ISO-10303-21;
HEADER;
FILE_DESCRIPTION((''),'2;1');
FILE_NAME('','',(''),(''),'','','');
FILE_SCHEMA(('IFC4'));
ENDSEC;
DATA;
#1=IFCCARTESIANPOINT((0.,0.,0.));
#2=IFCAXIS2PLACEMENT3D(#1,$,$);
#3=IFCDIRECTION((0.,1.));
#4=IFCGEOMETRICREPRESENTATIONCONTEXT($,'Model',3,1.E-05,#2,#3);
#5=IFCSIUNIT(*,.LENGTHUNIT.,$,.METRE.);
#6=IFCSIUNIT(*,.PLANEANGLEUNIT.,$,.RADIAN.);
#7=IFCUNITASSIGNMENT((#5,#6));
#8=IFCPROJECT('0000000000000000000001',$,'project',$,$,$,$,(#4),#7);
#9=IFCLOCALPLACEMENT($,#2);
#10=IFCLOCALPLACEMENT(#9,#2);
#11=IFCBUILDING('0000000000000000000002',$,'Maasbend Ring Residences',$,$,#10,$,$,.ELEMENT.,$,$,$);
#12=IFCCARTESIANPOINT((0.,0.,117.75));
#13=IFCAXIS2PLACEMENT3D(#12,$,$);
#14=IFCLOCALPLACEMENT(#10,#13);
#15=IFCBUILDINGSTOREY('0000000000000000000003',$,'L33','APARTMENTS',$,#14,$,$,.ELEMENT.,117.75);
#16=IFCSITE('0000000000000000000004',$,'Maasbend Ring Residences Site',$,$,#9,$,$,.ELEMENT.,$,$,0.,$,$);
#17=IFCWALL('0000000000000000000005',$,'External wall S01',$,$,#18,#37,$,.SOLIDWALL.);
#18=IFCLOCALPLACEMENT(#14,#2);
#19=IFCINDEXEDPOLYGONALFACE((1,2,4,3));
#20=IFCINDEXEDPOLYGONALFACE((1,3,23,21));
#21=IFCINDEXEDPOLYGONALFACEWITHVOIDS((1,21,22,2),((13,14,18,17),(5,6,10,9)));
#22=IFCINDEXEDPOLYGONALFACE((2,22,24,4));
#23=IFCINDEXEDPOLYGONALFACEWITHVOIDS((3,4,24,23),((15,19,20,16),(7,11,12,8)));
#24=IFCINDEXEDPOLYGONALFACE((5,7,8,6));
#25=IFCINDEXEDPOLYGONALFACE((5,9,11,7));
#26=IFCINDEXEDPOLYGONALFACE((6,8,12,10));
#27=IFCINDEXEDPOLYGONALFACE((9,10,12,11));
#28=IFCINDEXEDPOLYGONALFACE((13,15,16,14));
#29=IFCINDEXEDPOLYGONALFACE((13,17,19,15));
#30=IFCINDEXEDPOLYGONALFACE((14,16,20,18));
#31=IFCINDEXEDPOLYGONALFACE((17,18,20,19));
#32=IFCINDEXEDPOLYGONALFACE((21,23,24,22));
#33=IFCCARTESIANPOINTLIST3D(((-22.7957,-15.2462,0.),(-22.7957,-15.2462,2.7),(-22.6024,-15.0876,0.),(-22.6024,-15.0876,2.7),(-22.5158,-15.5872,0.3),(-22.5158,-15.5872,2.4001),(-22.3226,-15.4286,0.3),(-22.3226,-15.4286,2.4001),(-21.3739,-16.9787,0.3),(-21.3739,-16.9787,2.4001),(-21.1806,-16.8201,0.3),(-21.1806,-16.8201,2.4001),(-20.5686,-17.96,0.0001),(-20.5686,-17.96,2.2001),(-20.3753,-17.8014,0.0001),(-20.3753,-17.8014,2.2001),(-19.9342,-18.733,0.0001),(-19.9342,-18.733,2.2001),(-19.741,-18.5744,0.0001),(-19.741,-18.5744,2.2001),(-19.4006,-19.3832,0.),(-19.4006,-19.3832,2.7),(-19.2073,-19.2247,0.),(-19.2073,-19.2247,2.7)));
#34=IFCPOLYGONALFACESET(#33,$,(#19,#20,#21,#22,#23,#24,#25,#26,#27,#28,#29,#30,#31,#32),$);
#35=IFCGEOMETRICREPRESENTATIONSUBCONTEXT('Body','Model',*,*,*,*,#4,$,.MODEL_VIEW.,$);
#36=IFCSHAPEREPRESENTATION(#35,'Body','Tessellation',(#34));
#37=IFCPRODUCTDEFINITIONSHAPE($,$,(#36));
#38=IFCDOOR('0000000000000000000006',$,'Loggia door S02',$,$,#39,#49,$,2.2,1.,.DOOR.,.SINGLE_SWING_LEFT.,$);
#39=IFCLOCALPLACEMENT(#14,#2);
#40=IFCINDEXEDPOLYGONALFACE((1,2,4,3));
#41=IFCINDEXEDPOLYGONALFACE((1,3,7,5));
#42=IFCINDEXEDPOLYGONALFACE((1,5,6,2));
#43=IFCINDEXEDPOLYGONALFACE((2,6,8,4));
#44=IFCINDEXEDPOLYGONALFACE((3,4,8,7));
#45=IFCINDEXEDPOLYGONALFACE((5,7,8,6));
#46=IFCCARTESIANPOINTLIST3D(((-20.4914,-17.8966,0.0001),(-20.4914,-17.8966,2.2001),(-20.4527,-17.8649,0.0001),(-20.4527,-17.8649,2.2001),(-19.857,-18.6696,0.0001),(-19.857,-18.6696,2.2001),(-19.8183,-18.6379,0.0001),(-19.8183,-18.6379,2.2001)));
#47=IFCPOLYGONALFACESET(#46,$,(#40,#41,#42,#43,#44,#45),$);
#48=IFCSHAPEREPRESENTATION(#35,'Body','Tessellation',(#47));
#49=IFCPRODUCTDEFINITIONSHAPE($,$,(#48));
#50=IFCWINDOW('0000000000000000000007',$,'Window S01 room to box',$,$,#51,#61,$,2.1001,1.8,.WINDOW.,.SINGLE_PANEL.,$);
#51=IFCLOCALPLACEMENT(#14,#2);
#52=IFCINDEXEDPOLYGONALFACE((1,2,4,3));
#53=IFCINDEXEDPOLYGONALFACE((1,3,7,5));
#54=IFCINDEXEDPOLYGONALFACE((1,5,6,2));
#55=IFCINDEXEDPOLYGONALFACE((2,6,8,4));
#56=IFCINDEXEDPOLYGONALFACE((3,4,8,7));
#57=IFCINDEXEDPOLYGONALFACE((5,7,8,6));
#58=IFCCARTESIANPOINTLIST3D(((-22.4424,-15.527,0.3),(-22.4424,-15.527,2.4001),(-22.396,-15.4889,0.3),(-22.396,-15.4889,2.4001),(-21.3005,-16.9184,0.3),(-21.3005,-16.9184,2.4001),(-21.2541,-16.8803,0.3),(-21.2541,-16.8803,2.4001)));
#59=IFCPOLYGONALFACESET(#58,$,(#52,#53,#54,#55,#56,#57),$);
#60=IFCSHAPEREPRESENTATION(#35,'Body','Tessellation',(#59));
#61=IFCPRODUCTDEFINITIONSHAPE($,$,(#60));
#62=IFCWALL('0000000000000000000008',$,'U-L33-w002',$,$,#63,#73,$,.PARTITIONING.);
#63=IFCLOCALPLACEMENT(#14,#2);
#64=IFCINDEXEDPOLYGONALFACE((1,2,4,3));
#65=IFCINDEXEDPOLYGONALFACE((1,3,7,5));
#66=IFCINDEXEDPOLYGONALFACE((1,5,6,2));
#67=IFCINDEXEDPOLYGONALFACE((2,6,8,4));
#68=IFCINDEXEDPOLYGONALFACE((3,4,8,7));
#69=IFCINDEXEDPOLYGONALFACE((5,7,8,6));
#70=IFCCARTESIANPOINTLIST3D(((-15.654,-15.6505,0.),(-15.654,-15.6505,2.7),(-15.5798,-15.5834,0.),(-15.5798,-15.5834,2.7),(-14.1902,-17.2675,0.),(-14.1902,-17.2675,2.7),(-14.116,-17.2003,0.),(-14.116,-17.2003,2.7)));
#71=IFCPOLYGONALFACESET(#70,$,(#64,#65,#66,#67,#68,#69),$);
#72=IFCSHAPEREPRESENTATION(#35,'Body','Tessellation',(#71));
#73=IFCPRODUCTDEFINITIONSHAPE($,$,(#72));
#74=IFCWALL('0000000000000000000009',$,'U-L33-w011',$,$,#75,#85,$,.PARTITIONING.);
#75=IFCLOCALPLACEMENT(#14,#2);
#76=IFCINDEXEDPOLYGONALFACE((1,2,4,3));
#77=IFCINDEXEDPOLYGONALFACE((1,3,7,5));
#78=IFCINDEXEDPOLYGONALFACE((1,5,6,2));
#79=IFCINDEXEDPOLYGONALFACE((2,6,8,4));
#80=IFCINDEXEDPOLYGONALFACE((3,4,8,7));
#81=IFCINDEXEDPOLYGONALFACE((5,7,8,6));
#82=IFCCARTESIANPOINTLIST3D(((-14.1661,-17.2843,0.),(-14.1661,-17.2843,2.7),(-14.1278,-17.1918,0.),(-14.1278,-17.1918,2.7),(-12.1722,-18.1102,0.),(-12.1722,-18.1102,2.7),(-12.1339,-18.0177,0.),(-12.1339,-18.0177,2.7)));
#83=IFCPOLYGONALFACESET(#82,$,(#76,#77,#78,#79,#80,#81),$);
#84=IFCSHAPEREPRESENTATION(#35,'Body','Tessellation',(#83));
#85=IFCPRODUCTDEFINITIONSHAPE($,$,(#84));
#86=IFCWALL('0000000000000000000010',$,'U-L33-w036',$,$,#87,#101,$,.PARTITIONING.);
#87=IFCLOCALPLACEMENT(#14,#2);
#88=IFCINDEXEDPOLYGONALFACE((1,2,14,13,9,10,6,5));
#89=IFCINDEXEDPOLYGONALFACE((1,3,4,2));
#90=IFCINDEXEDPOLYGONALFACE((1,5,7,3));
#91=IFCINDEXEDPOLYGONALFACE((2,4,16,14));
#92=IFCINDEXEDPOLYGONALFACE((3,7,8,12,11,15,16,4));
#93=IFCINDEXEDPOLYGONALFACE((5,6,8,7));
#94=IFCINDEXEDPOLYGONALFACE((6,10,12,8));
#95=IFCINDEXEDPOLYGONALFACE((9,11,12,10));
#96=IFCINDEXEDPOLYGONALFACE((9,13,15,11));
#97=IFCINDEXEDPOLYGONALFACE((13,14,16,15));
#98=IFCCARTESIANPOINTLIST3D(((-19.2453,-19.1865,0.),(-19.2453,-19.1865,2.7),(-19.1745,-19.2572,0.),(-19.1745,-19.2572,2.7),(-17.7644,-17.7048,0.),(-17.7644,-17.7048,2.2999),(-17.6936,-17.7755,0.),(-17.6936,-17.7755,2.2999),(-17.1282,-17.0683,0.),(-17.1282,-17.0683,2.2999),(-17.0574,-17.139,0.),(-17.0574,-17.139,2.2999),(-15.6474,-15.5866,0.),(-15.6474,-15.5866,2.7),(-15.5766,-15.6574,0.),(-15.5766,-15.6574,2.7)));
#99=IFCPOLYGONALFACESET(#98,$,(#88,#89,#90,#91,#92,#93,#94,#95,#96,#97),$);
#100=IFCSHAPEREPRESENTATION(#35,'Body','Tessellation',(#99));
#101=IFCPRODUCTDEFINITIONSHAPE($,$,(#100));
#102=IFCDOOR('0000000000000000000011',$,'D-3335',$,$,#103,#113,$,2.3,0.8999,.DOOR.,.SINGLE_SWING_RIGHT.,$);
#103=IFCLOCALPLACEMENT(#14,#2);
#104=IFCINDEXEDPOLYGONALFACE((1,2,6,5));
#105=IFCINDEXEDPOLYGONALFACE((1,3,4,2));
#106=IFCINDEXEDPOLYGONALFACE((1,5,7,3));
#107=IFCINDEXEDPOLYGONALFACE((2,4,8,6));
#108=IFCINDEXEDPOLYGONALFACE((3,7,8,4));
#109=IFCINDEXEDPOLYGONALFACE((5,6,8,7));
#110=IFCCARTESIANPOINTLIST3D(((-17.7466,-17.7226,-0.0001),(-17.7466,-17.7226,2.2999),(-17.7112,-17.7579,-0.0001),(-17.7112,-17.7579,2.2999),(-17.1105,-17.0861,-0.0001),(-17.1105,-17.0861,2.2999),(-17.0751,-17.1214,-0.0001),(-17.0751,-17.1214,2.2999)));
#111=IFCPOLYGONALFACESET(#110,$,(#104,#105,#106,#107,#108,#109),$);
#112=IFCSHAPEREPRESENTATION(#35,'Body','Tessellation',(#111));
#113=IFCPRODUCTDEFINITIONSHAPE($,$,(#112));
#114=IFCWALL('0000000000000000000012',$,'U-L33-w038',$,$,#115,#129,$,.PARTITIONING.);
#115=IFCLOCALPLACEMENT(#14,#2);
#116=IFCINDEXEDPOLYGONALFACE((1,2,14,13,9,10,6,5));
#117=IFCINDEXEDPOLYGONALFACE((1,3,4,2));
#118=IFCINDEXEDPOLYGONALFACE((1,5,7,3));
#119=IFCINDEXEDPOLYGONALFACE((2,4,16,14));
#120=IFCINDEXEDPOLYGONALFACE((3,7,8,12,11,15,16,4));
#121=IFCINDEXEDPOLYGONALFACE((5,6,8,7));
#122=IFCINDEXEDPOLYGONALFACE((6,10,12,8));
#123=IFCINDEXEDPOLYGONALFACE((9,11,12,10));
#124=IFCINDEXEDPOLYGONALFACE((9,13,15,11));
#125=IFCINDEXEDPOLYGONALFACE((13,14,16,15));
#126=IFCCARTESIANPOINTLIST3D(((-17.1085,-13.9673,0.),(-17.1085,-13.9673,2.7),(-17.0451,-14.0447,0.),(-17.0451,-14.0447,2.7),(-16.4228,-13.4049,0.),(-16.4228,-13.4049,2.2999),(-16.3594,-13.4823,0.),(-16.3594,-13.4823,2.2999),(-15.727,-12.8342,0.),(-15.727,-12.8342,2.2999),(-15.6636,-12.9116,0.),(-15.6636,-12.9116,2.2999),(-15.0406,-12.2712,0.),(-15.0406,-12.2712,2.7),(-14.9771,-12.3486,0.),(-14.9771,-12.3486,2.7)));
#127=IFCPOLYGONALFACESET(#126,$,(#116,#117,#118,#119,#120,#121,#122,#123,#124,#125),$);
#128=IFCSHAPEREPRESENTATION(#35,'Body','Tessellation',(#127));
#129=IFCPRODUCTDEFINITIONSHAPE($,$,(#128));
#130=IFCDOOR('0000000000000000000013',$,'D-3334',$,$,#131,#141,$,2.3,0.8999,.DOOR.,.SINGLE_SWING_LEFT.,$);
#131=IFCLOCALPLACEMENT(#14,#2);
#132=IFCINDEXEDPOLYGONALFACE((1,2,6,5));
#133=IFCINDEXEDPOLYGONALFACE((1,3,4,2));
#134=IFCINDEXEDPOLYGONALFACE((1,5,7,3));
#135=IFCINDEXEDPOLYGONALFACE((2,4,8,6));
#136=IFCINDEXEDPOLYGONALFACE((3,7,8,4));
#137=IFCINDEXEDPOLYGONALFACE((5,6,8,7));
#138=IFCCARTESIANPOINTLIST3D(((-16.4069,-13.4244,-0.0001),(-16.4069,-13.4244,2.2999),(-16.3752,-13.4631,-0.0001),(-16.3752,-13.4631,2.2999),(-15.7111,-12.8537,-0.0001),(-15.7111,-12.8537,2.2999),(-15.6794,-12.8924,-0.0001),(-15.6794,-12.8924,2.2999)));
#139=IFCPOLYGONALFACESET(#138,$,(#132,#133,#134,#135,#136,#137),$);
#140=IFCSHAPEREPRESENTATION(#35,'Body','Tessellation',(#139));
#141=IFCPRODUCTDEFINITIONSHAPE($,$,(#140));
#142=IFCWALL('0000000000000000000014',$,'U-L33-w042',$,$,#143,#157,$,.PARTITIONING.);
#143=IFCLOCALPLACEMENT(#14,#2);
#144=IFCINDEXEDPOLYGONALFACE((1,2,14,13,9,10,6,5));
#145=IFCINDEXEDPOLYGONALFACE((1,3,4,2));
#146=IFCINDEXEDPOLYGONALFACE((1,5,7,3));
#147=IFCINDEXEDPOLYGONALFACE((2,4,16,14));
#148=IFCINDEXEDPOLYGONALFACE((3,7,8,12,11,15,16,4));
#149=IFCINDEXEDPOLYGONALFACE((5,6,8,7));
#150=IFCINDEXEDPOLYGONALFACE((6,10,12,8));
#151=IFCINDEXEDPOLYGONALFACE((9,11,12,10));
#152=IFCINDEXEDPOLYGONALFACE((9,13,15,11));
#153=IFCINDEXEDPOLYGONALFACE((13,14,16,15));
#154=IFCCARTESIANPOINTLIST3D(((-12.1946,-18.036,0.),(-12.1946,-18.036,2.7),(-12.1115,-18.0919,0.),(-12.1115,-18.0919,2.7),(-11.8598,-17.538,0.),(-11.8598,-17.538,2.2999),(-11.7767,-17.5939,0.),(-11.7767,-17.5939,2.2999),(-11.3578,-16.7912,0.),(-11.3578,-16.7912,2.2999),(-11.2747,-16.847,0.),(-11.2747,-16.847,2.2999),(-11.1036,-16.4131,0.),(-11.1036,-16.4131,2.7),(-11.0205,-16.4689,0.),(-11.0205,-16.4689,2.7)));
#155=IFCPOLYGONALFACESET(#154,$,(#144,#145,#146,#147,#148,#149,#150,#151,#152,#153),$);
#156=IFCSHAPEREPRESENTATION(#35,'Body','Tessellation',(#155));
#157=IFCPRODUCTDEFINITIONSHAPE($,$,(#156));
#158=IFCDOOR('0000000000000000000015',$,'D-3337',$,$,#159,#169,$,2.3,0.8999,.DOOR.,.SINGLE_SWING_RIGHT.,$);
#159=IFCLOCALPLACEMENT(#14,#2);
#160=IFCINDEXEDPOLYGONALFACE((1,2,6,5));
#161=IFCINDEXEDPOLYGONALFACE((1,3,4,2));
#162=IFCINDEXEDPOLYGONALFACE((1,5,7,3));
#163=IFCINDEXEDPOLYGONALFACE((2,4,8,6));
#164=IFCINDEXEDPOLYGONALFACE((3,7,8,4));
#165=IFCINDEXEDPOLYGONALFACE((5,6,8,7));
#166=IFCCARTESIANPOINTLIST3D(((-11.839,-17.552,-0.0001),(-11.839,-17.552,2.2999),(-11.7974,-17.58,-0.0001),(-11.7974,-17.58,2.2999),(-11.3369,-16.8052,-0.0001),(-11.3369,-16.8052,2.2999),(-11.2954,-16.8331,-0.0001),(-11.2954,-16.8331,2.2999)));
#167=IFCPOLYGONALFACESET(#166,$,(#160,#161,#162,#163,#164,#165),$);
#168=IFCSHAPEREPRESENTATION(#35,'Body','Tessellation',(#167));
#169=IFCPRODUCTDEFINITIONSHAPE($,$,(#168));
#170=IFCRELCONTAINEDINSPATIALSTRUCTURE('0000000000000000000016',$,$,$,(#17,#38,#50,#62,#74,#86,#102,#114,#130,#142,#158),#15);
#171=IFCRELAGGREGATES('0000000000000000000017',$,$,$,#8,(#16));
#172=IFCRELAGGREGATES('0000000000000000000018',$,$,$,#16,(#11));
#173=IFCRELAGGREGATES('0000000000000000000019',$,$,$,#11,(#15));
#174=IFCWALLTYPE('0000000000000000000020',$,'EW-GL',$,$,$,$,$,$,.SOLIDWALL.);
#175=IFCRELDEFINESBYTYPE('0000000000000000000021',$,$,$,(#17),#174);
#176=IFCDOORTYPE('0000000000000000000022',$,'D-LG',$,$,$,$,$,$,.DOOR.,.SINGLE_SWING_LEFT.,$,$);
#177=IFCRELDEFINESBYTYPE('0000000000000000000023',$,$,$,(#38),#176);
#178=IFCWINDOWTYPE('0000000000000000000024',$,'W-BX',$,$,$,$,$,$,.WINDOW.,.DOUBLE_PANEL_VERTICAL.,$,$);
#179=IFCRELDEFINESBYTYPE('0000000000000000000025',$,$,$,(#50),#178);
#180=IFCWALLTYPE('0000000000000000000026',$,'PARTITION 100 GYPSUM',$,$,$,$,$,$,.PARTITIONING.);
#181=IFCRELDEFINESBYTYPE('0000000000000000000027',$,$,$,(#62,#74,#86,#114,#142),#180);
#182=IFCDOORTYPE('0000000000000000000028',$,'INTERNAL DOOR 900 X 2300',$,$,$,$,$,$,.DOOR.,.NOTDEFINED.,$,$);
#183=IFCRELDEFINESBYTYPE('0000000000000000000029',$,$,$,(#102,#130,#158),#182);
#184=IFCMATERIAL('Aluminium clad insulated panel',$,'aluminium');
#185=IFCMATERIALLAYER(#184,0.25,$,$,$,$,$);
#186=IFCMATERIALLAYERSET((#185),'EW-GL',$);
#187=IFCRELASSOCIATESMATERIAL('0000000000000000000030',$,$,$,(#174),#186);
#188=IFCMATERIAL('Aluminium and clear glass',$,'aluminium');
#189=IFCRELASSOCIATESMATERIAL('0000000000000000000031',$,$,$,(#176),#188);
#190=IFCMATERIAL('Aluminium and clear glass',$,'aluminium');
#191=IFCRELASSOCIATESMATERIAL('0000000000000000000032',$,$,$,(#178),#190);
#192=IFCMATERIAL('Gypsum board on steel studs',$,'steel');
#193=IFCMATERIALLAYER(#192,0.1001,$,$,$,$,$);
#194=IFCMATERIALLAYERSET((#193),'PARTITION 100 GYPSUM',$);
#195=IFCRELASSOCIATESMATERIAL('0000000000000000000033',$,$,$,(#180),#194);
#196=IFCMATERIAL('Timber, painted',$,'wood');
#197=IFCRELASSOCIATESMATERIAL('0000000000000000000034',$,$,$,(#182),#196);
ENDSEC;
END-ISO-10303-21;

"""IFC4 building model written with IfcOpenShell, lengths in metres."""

from ifc_helpers import new_model, si_unit, direction, frame, frame_2d, origin, place, context, subcontext, project, spatial, rectangle, extrude, material, layer, layer_set, type_object, element, fill, save


model = new_model("IFC4")

# Units and contexts
model_context = context("Model", 3, precision=1e-05, world=origin(), true_north=direction((0.0, 1.0)))
body_context = subcontext(model_context, "Body", "Model", "MODEL_VIEW")
ifc_project = project(units=[si_unit("LENGTHUNIT", "METRE"), si_unit("PLANEANGLEUNIT", "RADIAN")], contexts=[model_context])

# Site, building, storey
site_placement = place(None, origin())
site = spatial("IfcSite", under=ifc_project, at=site_placement, Name="Maasbend Ring Residences Site", CompositionType="ELEMENT", RefElevation=0.0)
building_placement = place(site_placement, origin())
building = spatial("IfcBuilding", under=site, at=building_placement, Name="Maasbend Ring Residences", CompositionType="ELEMENT")
storey_placement = place(building_placement, frame((0.0, 0.0, 117.75)))
storey = spatial("IfcBuildingStorey", under=building, at=storey_placement, Name="L33", Description="APARTMENTS", CompositionType="ELEMENT", Elevation=117.75)

# Wall, openings, door, window
ifc_material_1 = material(Name="Aluminium clad insulated panel", Category="aluminium")
ifc_layer_1 = layer(ifc_material_1, 0.25)
ifc_layer_set_1 = layer_set([ifc_layer_1], Name="EW-GL")
wall_type_1 = type_object("IfcWallType", Name="EW-GL", PredefinedType="SOLIDWALL", material=ifc_layer_set_1)
wall_1_placement = place(storey_placement, frame((-22.699, -15.167, 0.0), z_axis=(0.0, 0.0, 1.0), x_axis=(0.634382, -0.773019, 0.0)))
wall_1 = element("IfcWall", 1, at=wall_1_placement, inside=storey, type_object=wall_type_1, Name="External wall S01", PredefinedType="SOLIDWALL", context=body_context, shape_type="SweptSolid", body=[
    extrude(rectangle(XDim=5.3518, YDim=0.25, at=frame_2d((2.6758, 0.0))), origin(), (0.0, 0.0, 1.0), 2.7),
])
opening_1_placement = place(wall_1_placement, frame((0.4412, 0.0, 0.3)))
opening_1 = element("IfcOpeningElement", 2, at=opening_1_placement, cuts=wall_1, PredefinedType="OPENING", context=body_context, shape_type="SweptSolid", body=[
    extrude(rectangle(XDim=1.8, YDim=2.1001, at=frame_2d((0.8999, 1.05))), frame((0.0, 0.135, 0.0), z_axis=(0.0, -1.0, 0.0), x_axis=(1.0, 0.0, 0.0)), (0.0, 0.0, 1.0), 0.27),
])
opening_2_placement = place(wall_1_placement, frame((3.5105, 0.0, 0.0)))
opening_2 = element("IfcOpeningElement", 3, at=opening_2_placement, cuts=wall_1, PredefinedType="OPENING", context=body_context, shape_type="SweptSolid", body=[
    extrude(rectangle(XDim=1.0, YDim=2.2, at=frame_2d((0.5, 1.1001))), frame((0.0, 0.135, 0.0), z_axis=(0.0, -1.0, 0.0), x_axis=(1.0, 0.0, 0.0)), (0.0, 0.0, 1.0), 0.27),
])
ifc_material_2 = material(Name="Aluminium and clear glass", Category="aluminium")
door_type_1 = type_object("IfcDoorType", Name="D-LG", OperationType="SINGLE_SWING_LEFT", PredefinedType="DOOR", material=ifc_material_2)
door_1_placement = place(opening_2_placement, origin())
door_1 = element("IfcDoor", 4, at=door_1_placement, inside=storey, type_object=door_type_1, Name="Loggia door S02", OperationType="SINGLE_SWING_LEFT", OverallHeight=2.2, OverallWidth=1.0, PredefinedType="DOOR", context=body_context, shape_type="SweptSolid", body=[
    extrude(rectangle(XDim=1.0, YDim=2.2, at=frame_2d((0.5, 1.1001))), frame((0.0, 0.0249, 0.0), z_axis=(0.0, -1.0, 0.0), x_axis=(1.0, 0.0, 0.0)), (0.0, 0.0, 1.0), 0.05),
])
fill(opening_2, door_1)
ifc_material_3 = material(Name="Aluminium and clear glass", Category="aluminium")
window_type_1 = type_object("IfcWindowType", Name="W-BX", PartitioningType="DOUBLE_PANEL_VERTICAL", PredefinedType="WINDOW", material=ifc_material_3)
window_1_placement = place(opening_1_placement, origin())
window_1 = element("IfcWindow", 5, at=window_1_placement, inside=storey, type_object=window_type_1, Name="Window S01 room to box", OverallHeight=2.1001, OverallWidth=1.8, PartitioningType="SINGLE_PANEL", PredefinedType="WINDOW", context=body_context, shape_type="SweptSolid", body=[
    extrude(rectangle(XDim=1.8, YDim=2.1001, at=frame_2d((0.8999, 1.05))), frame((0.0, 0.03, 0.0), z_axis=(0.0, -1.0, 0.0), x_axis=(1.0, 0.0, 0.0)), (0.0, 0.0, 1.0), 0.0601),
])
fill(opening_1, window_1)

# Walls
ifc_material_4 = material(Name="Gypsum board on steel studs", Category="steel")
ifc_layer_2 = layer(ifc_material_4, 0.1001)
ifc_layer_set_2 = layer_set([ifc_layer_2], Name="PARTITION 100 GYPSUM")
wall_type_2 = type_object("IfcWallType", Name="PARTITION 100 GYPSUM", PredefinedType="PARTITIONING", material=ifc_layer_set_2)
wall_2_placement = place(storey_placement, frame((-15.6169, -15.6169, 0.0), z_axis=(0.0, 0.0, 1.0), x_axis=(0.671145, -0.741326, 0.0)))
element("IfcWall", 6, at=wall_2_placement, inside=storey, type_object=wall_type_2, Name="U-L33-w002", PredefinedType="PARTITIONING", context=body_context, shape_type="SweptSolid", body=[
    extrude(rectangle(XDim=2.1812, YDim=0.1001, at=frame_2d((1.0906, 0.0))), origin(), (0.0, 0.0, 1.0), 2.7),
])
wall_3_placement = place(storey_placement, frame((-14.147, -17.238, 0.0), z_axis=(0.0, 0.0, 1.0), x_axis=(0.923875, -0.382695, 0.0)))
element("IfcWall", 7, at=wall_3_placement, inside=storey, type_object=wall_type_2, Name="U-L33-w011", PredefinedType="PARTITIONING", context=body_context, shape_type="SweptSolid", body=[
    extrude(rectangle(XDim=2.1582, YDim=0.1001, at=frame_2d((1.0791, 0.0))), origin(), (0.0, 0.0, 1.0), 2.7),
])

# Walls, openings, doors
wall_4_placement = place(storey_placement, frame((-19.21, -19.2219, 0.0), z_axis=(0.0, 0.0, 1.0), x_axis=(0.706915, 0.707299, 0.0)))
wall_4 = element("IfcWall", 8, at=wall_4_placement, inside=storey, type_object=wall_type_2, Name="U-L33-w036", PredefinedType="PARTITIONING", context=body_context, shape_type="SweptSolid", body=[
    extrude(rectangle(XDim=5.0896, YDim=0.1001, at=frame_2d((2.5449, 0.0))), origin(), (0.0, 0.0, 1.0), 2.7),
])
opening_3_placement = place(wall_4_placement, frame((2.095, 0.0, 0.0)))
opening_3 = element("IfcOpeningElement", 9, at=opening_3_placement, cuts=wall_4, PredefinedType="OPENING", context=body_context, shape_type="SweptSolid", body=[
    extrude(rectangle(XDim=0.8999, YDim=2.3, at=frame_2d((0.45, 1.1499))), frame((0.0, 0.0601, 0.0), z_axis=(0.0, -1.0, 0.0), x_axis=(1.0, 0.0, 0.0)), (0.0, 0.0, 1.0), 0.1201),
])
ifc_material_5 = material(Name="Timber, painted", Category="wood")
door_type_2 = type_object("IfcDoorType", Name="INTERNAL DOOR 900 X 2300", OperationType="NOTDEFINED", PredefinedType="DOOR", material=ifc_material_5)
door_2_placement = place(opening_3_placement, origin())
door_2 = element("IfcDoor", 10, at=door_2_placement, inside=storey, type_object=door_type_2, Name="D-3335", OperationType="SINGLE_SWING_RIGHT", OverallHeight=2.3, OverallWidth=0.8999, PredefinedType="DOOR", context=body_context, shape_type="SweptSolid", body=[
    extrude(rectangle(XDim=0.8999, YDim=2.3, at=frame_2d((0.45, 1.1499))), frame((0.0, 0.0249, 0.0), z_axis=(0.0, -1.0, 0.0), x_axis=(1.0, 0.0, 0.0)), (0.0, 0.0, 1.0), 0.05),
])
fill(opening_3, door_2)
wall_5_placement = place(storey_placement, frame((-17.0769, -14.0061, 0.0), z_axis=(0.0, 0.0, 1.0), x_axis=(0.773196, 0.634167, 0.0)))
wall_5 = element("IfcWall", 11, at=wall_5_placement, inside=storey, type_object=wall_type_2, Name="U-L33-w038", PredefinedType="PARTITIONING", context=body_context, shape_type="SweptSolid", body=[
    extrude(rectangle(XDim=2.6746, YDim=0.1001, at=frame_2d((1.3374, 0.0))), origin(), (0.0, 0.0, 1.0), 2.7),
])
opening_4_placement = place(wall_5_placement, frame((0.887, 0.0, 0.0)))
opening_4 = element("IfcOpeningElement", 12, at=opening_4_placement, cuts=wall_5, PredefinedType="OPENING", context=body_context, shape_type="SweptSolid", body=[
    extrude(rectangle(XDim=0.8999, YDim=2.3, at=frame_2d((0.45, 1.1499))), frame((0.0, 0.0601, 0.0), z_axis=(0.0, -1.0, 0.0), x_axis=(1.0, 0.0, 0.0)), (0.0, 0.0, 1.0), 0.1201),
])
door_3_placement = place(opening_4_placement, origin())
door_3 = element("IfcDoor", 13, at=door_3_placement, inside=storey, type_object=door_type_2, Name="D-3334", OperationType="SINGLE_SWING_LEFT", OverallHeight=2.3, OverallWidth=0.8999, PredefinedType="DOOR", context=body_context, shape_type="SweptSolid", body=[
    extrude(rectangle(XDim=0.8999, YDim=2.3, at=frame_2d((0.45, 1.1499))), frame((0.0, 0.0249, 0.0), z_axis=(0.0, -1.0, 0.0), x_axis=(1.0, 0.0, 0.0)), (0.0, 0.0, 1.0), 0.05),
])
fill(opening_4, door_3)
wall_6_placement = place(storey_placement, frame((-12.1531, -18.064, 0.0), z_axis=(0.0, 0.0, 1.0), x_axis=(0.557894, 0.829912, 0.0)))
wall_6 = element("IfcWall", 14, at=wall_6_placement, inside=storey, type_object=wall_type_2, Name="U-L33-w042", PredefinedType="PARTITIONING", context=body_context, shape_type="SweptSolid", body=[
    extrude(rectangle(XDim=1.9556, YDim=0.1001, at=frame_2d((0.9778, 0.0))), origin(), (0.0, 0.0, 1.0), 2.7),
])
opening_5_placement = place(wall_6_placement, frame((0.6001, 0.0, 0.0)))
opening_5 = element("IfcOpeningElement", 15, at=opening_5_placement, cuts=wall_6, PredefinedType="OPENING", context=body_context, shape_type="SweptSolid", body=[
    extrude(rectangle(XDim=0.8999, YDim=2.3, at=frame_2d((0.45, 1.1499))), frame((0.0, 0.0601, 0.0), z_axis=(0.0, -1.0, 0.0), x_axis=(1.0, 0.0, 0.0)), (0.0, 0.0, 1.0), 0.1201),
])
door_4_placement = place(opening_5_placement, origin())
door_4 = element("IfcDoor", 16, at=door_4_placement, inside=storey, type_object=door_type_2, Name="D-3337", OperationType="SINGLE_SWING_RIGHT", OverallHeight=2.3, OverallWidth=0.8999, PredefinedType="DOOR", context=body_context, shape_type="SweptSolid", body=[
    extrude(rectangle(XDim=0.8999, YDim=2.3, at=frame_2d((0.45, 1.1499))), frame((0.0, 0.0249, 0.0), z_axis=(0.0, -1.0, 0.0), x_axis=(1.0, 0.0, 0.0)), (0.0, 0.0, 1.0), 0.05),
])
fill(opening_5, door_4)

save(model, "model.ifc")
